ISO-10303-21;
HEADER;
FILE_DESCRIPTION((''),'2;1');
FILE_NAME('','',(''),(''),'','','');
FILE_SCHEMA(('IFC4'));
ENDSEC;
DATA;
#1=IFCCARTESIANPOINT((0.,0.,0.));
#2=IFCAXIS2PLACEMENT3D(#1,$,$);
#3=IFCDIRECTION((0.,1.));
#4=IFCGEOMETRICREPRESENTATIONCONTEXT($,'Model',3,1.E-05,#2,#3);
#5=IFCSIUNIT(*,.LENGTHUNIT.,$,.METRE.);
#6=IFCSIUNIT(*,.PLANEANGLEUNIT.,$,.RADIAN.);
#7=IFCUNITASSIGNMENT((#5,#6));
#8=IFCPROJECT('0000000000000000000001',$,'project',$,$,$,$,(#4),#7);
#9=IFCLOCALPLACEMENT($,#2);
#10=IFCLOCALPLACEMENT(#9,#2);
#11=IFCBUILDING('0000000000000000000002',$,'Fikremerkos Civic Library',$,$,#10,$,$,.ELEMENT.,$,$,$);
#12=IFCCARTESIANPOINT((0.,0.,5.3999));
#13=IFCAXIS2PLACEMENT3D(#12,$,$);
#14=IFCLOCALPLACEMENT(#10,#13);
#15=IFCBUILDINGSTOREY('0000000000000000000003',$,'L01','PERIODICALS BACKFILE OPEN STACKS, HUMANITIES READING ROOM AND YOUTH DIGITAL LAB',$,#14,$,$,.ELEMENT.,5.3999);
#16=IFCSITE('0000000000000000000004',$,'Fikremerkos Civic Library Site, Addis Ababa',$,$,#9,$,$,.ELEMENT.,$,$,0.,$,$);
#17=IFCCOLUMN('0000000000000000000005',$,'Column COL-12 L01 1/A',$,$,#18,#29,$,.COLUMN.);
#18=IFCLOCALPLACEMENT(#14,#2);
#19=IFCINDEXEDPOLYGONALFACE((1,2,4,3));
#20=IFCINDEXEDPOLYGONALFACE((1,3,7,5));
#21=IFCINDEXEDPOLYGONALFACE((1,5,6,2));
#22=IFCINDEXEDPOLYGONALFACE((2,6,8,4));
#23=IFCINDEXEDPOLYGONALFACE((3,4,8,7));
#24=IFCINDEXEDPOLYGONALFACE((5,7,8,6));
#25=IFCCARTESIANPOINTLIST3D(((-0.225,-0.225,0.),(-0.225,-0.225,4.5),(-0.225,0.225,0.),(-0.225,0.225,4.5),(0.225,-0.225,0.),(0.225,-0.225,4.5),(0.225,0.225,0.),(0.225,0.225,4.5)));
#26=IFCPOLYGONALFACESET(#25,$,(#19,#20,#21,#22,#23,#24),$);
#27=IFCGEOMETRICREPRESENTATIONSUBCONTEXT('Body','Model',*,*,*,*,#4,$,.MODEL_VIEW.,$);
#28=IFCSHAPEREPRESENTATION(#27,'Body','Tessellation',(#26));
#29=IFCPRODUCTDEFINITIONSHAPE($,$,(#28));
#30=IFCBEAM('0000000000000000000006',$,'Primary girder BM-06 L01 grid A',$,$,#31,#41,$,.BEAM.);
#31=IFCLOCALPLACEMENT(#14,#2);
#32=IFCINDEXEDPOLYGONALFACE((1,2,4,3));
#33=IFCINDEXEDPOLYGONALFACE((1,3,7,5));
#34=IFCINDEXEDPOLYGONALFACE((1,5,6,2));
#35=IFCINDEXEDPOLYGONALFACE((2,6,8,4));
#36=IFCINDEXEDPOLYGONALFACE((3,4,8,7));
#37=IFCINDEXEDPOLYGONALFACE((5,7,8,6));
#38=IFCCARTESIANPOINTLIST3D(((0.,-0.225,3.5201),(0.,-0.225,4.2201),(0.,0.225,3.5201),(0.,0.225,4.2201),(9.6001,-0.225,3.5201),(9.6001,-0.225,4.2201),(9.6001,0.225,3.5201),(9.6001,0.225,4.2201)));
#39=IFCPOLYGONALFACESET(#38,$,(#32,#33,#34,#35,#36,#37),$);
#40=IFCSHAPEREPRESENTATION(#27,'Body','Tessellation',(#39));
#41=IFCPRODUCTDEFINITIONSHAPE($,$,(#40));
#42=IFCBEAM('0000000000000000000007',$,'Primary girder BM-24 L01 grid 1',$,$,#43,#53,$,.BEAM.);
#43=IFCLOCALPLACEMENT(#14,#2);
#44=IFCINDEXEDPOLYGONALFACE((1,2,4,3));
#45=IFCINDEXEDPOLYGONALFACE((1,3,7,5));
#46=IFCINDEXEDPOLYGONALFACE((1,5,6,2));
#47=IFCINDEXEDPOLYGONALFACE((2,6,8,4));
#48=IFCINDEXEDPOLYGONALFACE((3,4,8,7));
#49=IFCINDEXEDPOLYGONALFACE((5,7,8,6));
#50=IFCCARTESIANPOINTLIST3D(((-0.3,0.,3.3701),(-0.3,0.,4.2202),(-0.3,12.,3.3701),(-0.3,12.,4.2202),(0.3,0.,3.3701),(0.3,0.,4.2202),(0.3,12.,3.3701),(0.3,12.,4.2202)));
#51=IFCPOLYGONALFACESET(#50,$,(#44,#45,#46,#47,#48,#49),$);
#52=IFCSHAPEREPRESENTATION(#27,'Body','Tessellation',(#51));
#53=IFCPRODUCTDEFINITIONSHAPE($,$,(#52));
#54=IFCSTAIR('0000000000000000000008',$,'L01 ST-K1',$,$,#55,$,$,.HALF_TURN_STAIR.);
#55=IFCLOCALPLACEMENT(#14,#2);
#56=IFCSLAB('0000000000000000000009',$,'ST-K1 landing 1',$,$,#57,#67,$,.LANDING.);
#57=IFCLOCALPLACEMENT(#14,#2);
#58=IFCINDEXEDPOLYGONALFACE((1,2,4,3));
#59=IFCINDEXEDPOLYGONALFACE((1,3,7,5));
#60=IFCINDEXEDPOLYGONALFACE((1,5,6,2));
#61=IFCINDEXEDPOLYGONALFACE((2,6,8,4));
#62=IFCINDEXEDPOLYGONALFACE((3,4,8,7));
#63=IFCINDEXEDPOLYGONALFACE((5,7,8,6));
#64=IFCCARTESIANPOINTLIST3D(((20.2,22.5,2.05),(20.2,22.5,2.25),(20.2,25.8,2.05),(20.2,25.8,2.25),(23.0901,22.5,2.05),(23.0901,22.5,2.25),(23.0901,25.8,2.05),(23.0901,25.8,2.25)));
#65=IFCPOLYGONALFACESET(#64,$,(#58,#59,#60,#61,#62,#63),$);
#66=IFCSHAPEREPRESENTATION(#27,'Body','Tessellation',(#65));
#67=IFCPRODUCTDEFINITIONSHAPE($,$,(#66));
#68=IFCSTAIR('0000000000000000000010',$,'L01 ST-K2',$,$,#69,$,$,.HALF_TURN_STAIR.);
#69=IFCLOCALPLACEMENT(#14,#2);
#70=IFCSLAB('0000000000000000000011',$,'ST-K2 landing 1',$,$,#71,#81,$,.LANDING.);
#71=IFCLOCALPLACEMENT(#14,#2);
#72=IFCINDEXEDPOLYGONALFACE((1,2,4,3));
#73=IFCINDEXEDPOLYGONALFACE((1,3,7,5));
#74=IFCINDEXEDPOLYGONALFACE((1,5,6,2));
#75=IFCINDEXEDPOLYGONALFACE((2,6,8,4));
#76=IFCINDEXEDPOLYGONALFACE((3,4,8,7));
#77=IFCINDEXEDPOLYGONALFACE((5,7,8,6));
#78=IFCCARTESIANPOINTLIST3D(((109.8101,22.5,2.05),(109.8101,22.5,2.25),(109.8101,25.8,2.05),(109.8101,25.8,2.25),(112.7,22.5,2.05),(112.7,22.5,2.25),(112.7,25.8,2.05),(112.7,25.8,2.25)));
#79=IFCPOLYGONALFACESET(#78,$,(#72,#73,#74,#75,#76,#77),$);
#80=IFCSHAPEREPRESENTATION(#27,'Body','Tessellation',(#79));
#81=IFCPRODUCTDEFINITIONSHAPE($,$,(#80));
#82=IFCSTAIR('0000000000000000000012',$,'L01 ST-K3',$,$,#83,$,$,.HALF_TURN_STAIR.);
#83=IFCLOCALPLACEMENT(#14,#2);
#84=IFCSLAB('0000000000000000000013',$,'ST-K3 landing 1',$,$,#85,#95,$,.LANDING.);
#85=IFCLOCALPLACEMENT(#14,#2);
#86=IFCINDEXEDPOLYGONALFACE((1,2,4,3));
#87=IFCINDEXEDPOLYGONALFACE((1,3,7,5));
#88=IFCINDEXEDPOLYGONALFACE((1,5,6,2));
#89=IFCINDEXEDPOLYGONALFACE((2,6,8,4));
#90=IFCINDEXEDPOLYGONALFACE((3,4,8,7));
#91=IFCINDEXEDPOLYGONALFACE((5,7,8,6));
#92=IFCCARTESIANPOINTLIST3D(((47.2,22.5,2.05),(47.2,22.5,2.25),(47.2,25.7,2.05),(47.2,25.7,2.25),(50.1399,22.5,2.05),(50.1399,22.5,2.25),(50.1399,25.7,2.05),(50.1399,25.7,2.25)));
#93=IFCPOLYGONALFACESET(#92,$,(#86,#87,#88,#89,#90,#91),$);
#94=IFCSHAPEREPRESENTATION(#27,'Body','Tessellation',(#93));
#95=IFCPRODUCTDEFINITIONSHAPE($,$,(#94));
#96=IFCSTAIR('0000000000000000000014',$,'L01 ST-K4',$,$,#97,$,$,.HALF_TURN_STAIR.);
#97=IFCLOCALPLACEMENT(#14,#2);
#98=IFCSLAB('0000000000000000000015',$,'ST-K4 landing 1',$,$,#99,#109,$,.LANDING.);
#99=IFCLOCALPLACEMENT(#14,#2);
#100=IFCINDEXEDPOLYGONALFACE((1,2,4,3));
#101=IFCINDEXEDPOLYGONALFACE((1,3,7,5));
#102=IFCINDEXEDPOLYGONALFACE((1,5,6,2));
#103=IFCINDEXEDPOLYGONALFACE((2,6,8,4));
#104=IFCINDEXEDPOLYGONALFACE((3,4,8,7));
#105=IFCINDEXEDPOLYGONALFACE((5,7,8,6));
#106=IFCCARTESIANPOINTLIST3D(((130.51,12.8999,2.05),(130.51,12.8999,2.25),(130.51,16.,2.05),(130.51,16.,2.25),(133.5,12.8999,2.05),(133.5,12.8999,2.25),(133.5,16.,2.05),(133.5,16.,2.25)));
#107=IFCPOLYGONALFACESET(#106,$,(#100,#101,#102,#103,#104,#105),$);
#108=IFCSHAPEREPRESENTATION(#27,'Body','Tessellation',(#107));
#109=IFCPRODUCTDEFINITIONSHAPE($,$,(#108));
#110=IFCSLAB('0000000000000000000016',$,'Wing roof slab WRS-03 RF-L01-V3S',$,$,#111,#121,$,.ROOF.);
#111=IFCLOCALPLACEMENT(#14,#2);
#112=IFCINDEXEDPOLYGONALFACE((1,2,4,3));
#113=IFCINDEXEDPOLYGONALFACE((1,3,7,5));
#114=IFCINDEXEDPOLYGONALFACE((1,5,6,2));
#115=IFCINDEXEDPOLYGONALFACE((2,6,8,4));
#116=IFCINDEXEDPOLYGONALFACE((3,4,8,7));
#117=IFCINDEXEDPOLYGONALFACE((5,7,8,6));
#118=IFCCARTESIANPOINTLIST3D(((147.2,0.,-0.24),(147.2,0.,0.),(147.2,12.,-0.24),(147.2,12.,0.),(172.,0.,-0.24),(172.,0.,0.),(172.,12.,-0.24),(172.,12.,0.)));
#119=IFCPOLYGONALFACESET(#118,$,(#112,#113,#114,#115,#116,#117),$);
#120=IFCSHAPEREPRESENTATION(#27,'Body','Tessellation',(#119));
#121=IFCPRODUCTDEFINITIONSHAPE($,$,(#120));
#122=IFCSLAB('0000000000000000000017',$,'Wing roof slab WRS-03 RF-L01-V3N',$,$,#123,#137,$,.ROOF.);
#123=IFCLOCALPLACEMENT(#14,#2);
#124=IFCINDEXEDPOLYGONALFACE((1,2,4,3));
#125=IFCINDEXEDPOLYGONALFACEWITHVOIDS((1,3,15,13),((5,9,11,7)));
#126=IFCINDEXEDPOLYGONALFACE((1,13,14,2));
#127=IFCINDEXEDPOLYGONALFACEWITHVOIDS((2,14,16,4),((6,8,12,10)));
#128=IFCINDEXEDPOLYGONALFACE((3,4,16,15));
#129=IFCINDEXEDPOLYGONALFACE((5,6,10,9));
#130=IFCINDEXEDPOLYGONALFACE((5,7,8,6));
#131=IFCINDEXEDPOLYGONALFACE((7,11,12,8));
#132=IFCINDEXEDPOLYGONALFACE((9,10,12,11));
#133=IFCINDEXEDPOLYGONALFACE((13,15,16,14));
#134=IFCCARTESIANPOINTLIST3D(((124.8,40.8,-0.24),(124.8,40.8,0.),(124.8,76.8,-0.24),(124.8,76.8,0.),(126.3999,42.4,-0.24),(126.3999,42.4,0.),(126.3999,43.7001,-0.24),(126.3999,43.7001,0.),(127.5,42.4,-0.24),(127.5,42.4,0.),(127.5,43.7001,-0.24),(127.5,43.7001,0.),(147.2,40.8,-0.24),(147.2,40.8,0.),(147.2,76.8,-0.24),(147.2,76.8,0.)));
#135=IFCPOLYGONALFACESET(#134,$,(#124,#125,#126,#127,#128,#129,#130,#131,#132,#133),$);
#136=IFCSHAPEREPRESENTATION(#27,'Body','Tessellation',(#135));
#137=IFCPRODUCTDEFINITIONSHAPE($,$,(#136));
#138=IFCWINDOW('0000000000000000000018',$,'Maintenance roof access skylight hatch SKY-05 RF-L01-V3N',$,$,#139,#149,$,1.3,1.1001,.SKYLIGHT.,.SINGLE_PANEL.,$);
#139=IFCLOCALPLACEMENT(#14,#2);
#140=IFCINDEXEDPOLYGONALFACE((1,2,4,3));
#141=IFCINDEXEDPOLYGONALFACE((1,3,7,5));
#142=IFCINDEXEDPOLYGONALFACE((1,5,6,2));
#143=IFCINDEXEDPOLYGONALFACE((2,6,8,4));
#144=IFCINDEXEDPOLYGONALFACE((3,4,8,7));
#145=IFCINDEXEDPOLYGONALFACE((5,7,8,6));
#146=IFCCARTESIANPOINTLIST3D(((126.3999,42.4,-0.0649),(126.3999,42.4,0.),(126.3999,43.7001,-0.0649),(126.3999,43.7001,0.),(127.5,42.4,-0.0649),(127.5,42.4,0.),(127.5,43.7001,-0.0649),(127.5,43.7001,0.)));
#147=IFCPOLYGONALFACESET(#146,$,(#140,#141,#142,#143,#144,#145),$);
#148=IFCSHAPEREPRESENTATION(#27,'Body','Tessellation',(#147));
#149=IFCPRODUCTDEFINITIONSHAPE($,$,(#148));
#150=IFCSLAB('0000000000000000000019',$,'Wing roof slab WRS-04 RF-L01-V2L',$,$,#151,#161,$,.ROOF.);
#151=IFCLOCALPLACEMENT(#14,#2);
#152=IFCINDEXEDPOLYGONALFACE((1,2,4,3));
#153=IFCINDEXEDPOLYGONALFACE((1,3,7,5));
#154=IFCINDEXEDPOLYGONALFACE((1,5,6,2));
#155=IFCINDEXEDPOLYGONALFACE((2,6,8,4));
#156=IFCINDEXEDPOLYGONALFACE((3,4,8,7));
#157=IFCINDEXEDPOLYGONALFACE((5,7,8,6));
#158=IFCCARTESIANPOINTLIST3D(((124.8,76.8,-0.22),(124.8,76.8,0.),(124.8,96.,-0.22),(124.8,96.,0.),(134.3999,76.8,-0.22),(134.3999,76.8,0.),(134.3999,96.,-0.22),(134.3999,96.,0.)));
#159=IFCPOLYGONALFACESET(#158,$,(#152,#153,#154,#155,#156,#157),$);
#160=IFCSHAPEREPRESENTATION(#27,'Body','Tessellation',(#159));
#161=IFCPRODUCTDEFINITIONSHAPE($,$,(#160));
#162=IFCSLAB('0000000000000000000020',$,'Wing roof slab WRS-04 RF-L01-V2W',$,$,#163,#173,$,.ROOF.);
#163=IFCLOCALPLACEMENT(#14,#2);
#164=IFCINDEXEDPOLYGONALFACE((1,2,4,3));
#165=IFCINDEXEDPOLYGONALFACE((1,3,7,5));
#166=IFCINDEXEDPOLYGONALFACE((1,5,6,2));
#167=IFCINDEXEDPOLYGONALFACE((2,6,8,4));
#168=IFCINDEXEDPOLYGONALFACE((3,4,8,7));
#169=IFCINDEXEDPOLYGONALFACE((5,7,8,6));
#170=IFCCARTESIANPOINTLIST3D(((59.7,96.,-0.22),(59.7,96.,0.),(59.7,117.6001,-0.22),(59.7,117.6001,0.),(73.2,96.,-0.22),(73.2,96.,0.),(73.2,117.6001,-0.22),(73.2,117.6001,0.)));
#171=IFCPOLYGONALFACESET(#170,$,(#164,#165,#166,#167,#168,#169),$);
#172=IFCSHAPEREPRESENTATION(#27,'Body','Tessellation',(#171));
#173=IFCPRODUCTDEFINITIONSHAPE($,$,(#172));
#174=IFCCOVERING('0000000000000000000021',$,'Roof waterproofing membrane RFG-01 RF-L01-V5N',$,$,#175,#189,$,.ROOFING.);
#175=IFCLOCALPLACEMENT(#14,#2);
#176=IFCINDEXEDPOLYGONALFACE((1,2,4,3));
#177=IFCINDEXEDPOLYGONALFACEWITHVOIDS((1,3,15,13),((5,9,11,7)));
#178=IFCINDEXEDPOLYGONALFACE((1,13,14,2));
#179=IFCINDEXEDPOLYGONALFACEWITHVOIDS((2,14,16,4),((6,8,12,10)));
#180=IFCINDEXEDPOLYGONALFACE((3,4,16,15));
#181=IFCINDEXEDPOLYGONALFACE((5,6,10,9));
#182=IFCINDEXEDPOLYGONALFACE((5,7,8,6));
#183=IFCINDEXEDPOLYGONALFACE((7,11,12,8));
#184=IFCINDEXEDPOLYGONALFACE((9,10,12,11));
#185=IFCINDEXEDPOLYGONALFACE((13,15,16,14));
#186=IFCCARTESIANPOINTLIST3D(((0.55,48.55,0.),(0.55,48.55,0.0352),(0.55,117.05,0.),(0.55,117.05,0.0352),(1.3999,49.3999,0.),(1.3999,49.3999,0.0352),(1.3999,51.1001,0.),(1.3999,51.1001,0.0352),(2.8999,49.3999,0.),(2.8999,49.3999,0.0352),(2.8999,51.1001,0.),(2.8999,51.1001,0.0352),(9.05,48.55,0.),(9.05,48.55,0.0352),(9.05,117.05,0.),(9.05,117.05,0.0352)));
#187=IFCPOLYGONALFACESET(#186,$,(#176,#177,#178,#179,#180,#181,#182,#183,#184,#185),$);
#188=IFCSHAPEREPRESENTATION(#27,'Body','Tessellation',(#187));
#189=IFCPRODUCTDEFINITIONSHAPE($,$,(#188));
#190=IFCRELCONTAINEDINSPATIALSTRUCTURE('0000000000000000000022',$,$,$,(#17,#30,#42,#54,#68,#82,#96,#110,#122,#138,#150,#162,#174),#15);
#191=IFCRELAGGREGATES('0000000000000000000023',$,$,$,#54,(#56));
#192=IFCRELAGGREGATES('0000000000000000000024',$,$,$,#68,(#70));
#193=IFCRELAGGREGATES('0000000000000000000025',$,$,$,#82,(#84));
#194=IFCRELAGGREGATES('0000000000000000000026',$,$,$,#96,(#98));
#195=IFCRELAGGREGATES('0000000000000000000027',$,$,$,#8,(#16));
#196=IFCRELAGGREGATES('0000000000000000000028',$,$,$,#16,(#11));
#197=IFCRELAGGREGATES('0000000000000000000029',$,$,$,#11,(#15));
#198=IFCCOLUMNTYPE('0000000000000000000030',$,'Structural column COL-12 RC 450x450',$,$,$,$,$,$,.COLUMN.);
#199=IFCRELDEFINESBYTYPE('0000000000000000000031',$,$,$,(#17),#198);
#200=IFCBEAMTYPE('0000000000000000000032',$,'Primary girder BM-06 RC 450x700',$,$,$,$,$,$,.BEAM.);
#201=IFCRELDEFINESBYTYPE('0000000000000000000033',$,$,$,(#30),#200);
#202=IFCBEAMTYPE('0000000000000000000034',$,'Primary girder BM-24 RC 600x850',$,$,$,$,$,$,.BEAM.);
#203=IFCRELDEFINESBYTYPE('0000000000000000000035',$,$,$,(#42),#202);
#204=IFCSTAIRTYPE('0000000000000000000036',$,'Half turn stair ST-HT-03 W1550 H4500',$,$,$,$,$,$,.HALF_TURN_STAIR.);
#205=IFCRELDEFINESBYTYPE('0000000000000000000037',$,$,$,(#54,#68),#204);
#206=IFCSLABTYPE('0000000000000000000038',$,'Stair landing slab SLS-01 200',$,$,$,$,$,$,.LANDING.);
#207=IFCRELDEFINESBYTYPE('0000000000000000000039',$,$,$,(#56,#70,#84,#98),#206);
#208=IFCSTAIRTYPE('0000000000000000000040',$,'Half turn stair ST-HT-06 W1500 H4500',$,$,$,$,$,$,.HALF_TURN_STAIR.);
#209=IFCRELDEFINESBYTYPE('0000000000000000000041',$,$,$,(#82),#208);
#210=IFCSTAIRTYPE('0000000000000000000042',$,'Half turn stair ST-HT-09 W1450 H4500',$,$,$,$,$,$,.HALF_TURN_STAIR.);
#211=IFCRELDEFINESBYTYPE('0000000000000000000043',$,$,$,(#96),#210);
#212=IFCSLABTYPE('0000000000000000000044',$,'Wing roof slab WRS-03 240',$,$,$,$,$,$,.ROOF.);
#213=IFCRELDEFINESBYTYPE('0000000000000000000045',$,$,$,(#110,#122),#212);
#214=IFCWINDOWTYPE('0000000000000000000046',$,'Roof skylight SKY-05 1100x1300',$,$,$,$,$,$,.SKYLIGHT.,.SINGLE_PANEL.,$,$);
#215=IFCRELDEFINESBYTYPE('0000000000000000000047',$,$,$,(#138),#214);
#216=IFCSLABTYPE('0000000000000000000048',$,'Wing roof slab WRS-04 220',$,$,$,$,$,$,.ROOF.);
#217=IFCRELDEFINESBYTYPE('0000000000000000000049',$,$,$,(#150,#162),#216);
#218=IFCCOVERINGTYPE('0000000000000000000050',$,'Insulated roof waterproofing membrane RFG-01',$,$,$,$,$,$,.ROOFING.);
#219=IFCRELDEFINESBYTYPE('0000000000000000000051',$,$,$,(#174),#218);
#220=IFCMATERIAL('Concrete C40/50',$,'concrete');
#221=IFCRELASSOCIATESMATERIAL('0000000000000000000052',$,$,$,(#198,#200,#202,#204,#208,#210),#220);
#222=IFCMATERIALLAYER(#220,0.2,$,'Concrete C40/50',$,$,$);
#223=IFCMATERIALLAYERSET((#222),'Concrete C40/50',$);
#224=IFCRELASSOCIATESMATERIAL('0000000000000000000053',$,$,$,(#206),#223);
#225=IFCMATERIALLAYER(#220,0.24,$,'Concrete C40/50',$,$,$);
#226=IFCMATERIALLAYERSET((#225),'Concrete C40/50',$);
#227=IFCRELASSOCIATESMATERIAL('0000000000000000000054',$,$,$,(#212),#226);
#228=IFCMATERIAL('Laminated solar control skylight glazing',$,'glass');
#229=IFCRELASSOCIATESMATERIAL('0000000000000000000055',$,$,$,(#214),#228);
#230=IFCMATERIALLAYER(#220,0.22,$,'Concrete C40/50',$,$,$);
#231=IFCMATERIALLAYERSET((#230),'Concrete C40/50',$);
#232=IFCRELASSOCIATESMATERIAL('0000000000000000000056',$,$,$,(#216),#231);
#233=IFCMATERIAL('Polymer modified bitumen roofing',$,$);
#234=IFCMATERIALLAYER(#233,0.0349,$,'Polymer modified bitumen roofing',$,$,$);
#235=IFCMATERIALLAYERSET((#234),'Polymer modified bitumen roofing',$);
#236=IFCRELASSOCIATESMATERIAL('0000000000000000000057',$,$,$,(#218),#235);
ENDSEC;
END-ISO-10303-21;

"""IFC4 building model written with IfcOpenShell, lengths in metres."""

from ifc_helpers import new_model, si_unit, direction, frame, origin, origin_with_axes, origin_2d, place, context, subcontext, project, spatial, polyline, rectangle, outline, extrude, material, layer, layer_set, material_profile, profile_set, type_object, element, fill, aggregate, save


model = new_model("IFC4")

# Units and contexts
model_context = context("Model", 3, precision=1e-05, world=origin(), true_north=direction((0.0, 1.0)))
body_context = subcontext(model_context, "Body", "Model", "MODEL_VIEW")
ifc_project = project(units=[si_unit("LENGTHUNIT", "METRE"), si_unit("PLANEANGLEUNIT", "RADIAN")], contexts=[model_context])

# Site, building, storey
site_placement = place(None, origin())
site = spatial("IfcSite", under=ifc_project, at=site_placement, Name="Fikremerkos Civic Library Site, Addis Ababa", CompositionType="ELEMENT", RefElevation=0.0)
building_placement = place(site_placement, origin())
building = spatial("IfcBuilding", under=site, at=building_placement, Name="Fikremerkos Civic Library", CompositionType="ELEMENT")
storey_placement = place(building_placement, frame((0.0, 0.0, 5.3999)))
storey = spatial("IfcBuildingStorey", under=building, at=storey_placement, Name="L01", Description="PERIODICALS BACKFILE OPEN STACKS, HUMANITIES READING ROOM AND YOUTH DIGITAL LAB", CompositionType="ELEMENT", Elevation=5.3999)

# Column
ifc_material_1 = material(Name="Concrete C40/50", Category="concrete")
ifc_material_profile_1 = material_profile(ifc_material_1, rectangle(XDim=0.45, YDim=0.45, at=origin_2d()), Name="RC 450x450")
ifc_profile_set_1 = profile_set([ifc_material_profile_1], Name="Concrete C40/50")
column_type = type_object("IfcColumnType", Name="Structural column COL-12 RC 450x450", PredefinedType="COLUMN", material=ifc_profile_set_1)
column_placement = place(storey_placement, origin_with_axes())
element("IfcColumn", 1, at=column_placement, inside=storey, type_object=column_type, Name="Column COL-12 L01 1/A", PredefinedType="COLUMN", context=body_context, shape_type="SweptSolid", body=[
    extrude(rectangle(XDim=0.45, YDim=0.45, at=origin_2d()), origin(), (0.0, 0.0, 1.0), 4.5),
])

# Beams
ifc_material_profile_2 = material_profile(ifc_material_1, rectangle(XDim=0.45, YDim=0.7, at=origin_2d()), Name="RC 450x700")
ifc_profile_set_2 = profile_set([ifc_material_profile_2], Name="Concrete C40/50")
beam_type_1 = type_object("IfcBeamType", Name="Primary girder BM-06 RC 450x700", PredefinedType="BEAM", material=ifc_profile_set_2)
beam_1_placement = place(storey_placement, frame((0.0, 0.0, 3.8701), z_axis=(1.0, 0.0, 0.0), x_axis=(0.0, 1.0, 0.0)))
element("IfcBeam", 2, at=beam_1_placement, inside=storey, type_object=beam_type_1, Name="Primary girder BM-06 L01 grid A", PredefinedType="BEAM", context=body_context, shape_type="SweptSolid", body=[
    extrude(rectangle(XDim=0.45, YDim=0.7, at=origin_2d()), origin(), (0.0, 0.0, 1.0), 9.6001),
])
ifc_material_profile_3 = material_profile(ifc_material_1, rectangle(XDim=0.6001, YDim=0.8501, at=origin_2d()), Name="RC 600x850")
ifc_profile_set_3 = profile_set([ifc_material_profile_3], Name="Concrete C40/50")
beam_type_2 = type_object("IfcBeamType", Name="Primary girder BM-24 RC 600x850", PredefinedType="BEAM", material=ifc_profile_set_3)
beam_2_placement = place(storey_placement, frame((0.0, 0.0, 3.7952), z_axis=(0.0, 1.0, 0.0), x_axis=(-1.0, 0.0, 0.0)))
element("IfcBeam", 3, at=beam_2_placement, inside=storey, type_object=beam_type_2, Name="Primary girder BM-24 L01 grid 1", PredefinedType="BEAM", context=body_context, shape_type="SweptSolid", body=[
    extrude(rectangle(XDim=0.6001, YDim=0.8501, at=origin_2d()), origin(), (0.0, 0.0, 1.0), 12.0),
])

# Stairs, slabs
stair_type_1 = type_object("IfcStairType", Name="Half turn stair ST-HT-03 W1550 H4500", PredefinedType="HALF_TURN_STAIR", material=ifc_material_1)
stair_1_placement = place(storey_placement, origin())
stair_1 = element("IfcStair", 4, at=stair_1_placement, inside=storey, type_object=stair_type_1, Name="L01 ST-K1", PredefinedType="HALF_TURN_STAIR")
ifc_layer_1 = layer(ifc_material_1, 0.2, Name="Concrete C40/50")
ifc_layer_set_1 = layer_set([ifc_layer_1], Name="Concrete C40/50")
slab_type_1 = type_object("IfcSlabType", Name="Stair landing slab SLS-01 200", PredefinedType="LANDING", material=ifc_layer_set_1)
slab_1_placement = place(storey_placement, frame((0.0, 0.0, 2.05)))
slab_1 = element("IfcSlab", 5, at=slab_1_placement, type_object=slab_type_1, Name="ST-K1 landing 1", PredefinedType="LANDING", context=body_context, shape_type="SweptSolid", body=[
    extrude(outline(polyline([(23.0901, 25.8), (20.2, 25.8), (20.2, 22.5), (23.0901, 22.5), (23.0901, 25.8)])), origin(), (0.0, 0.0, 1.0), 0.2),
])
aggregate(stair_1, [slab_1])
stair_2_placement = place(storey_placement, origin())
stair_2 = element("IfcStair", 6, at=stair_2_placement, inside=storey, type_object=stair_type_1, Name="L01 ST-K2", PredefinedType="HALF_TURN_STAIR")
slab_2_placement = place(storey_placement, frame((0.0, 0.0, 2.05)))
slab_2 = element("IfcSlab", 7, at=slab_2_placement, type_object=slab_type_1, Name="ST-K2 landing 1", PredefinedType="LANDING", context=body_context, shape_type="SweptSolid", body=[
    extrude(outline(polyline([(109.8101, 22.5), (112.7, 22.5), (112.7, 25.8), (109.8101, 25.8), (109.8101, 22.5)])), origin(), (0.0, 0.0, 1.0), 0.2),
])
aggregate(stair_2, [slab_2])
stair_type_2 = type_object("IfcStairType", Name="Half turn stair ST-HT-06 W1500 H4500", PredefinedType="HALF_TURN_STAIR", material=ifc_material_1)
stair_3_placement = place(storey_placement, origin())
stair_3 = element("IfcStair", 8, at=stair_3_placement, inside=storey, type_object=stair_type_2, Name="L01 ST-K3", PredefinedType="HALF_TURN_STAIR")
slab_3_placement = place(storey_placement, frame((0.0, 0.0, 2.05)))
slab_3 = element("IfcSlab", 9, at=slab_3_placement, type_object=slab_type_1, Name="ST-K3 landing 1", PredefinedType="LANDING", context=body_context, shape_type="SweptSolid", body=[
    extrude(outline(polyline([(50.1399, 25.7), (47.2, 25.7), (47.2, 22.5), (50.1399, 22.5), (50.1399, 25.7)])), origin(), (0.0, 0.0, 1.0), 0.2),
])
aggregate(stair_3, [slab_3])
stair_type_3 = type_object("IfcStairType", Name="Half turn stair ST-HT-09 W1450 H4500", PredefinedType="HALF_TURN_STAIR", material=ifc_material_1)
stair_4_placement = place(storey_placement, origin())
stair_4 = element("IfcStair", 10, at=stair_4_placement, inside=storey, type_object=stair_type_3, Name="L01 ST-K4", PredefinedType="HALF_TURN_STAIR")
slab_4_placement = place(storey_placement, frame((0.0, 0.0, 2.05)))
slab_4 = element("IfcSlab", 11, at=slab_4_placement, type_object=slab_type_1, Name="ST-K4 landing 1", PredefinedType="LANDING", context=body_context, shape_type="SweptSolid", body=[
    extrude(outline(polyline([(130.51, 12.8999), (133.5, 12.8999), (133.5, 16.0), (130.51, 16.0), (130.51, 12.8999)])), origin(), (0.0, 0.0, 1.0), 0.2),
])
aggregate(stair_4, [slab_4])

# Slab
ifc_layer_2 = layer(ifc_material_1, 0.24, Name="Concrete C40/50")
ifc_layer_set_2 = layer_set([ifc_layer_2], Name="Concrete C40/50")
slab_type_2 = type_object("IfcSlabType", Name="Wing roof slab WRS-03 240", PredefinedType="ROOF", material=ifc_layer_set_2)
slab_5_placement = place(storey_placement, frame((0.0, 0.0, -0.24)))
element("IfcSlab", 12, at=slab_5_placement, inside=storey, type_object=slab_type_2, Name="Wing roof slab WRS-03 RF-L01-V3S", PredefinedType="ROOF", context=body_context, shape_type="SweptSolid", body=[
    extrude(outline(polyline([(147.2, 0.0), (172.0, 0.0), (172.0, 12.0), (147.2, 12.0), (147.2, 0.0)])), origin(), (0.0, 0.0, 1.0), 0.24),
])

# Slab, opening, window
slab_6_placement = place(storey_placement, frame((0.0, 0.0, -0.24)))
slab_6 = element("IfcSlab", 13, at=slab_6_placement, inside=storey, type_object=slab_type_2, Name="Wing roof slab WRS-03 RF-L01-V3N", PredefinedType="ROOF", context=body_context, shape_type="SweptSolid", body=[
    extrude(outline(polyline([(124.8, 40.8), (147.2, 40.8), (147.2, 76.8), (124.8, 76.8), (124.8, 40.8)])), origin(), (0.0, 0.0, 1.0), 0.24),
])
opening_placement = place(slab_6_placement, frame((126.95, 43.05, 0.0)))
opening = element("IfcOpeningElement", 14, at=opening_placement, cuts=slab_6, PredefinedType="OPENING", context=body_context, shape_type="SweptSolid", body=[
    extrude(rectangle(XDim=1.1001, YDim=1.3, at=origin_2d()), frame((0.0, 0.0, -0.01), z_axis=(0.0, 0.0, 1.0), x_axis=(1.0, 0.0, 0.0)), (0.0, 0.0, 1.0), 0.26),
])
ifc_material_2 = material(Name="Laminated solar control skylight glazing", Category="glass")
window_type = type_object("IfcWindowType", Name="Roof skylight SKY-05 1100x1300", PartitioningType="SINGLE_PANEL", PredefinedType="SKYLIGHT", material=ifc_material_2)
window_placement = place(opening_placement, frame((0.0, 0.0, 0.175)))
window = element("IfcWindow", 15, at=window_placement, inside=storey, type_object=window_type, Name="Maintenance roof access skylight hatch SKY-05 RF-L01-V3N", OverallHeight=1.3, OverallWidth=1.1001, PartitioningType="SINGLE_PANEL", PredefinedType="SKYLIGHT", context=body_context, shape_type="SweptSolid", body=[
    extrude(rectangle(XDim=1.1001, YDim=1.3, at=origin_2d()), origin(), (0.0, 0.0, 1.0), 0.0649),
])
fill(opening, window)

# Slabs
ifc_layer_3 = layer(ifc_material_1, 0.22, Name="Concrete C40/50")
ifc_layer_set_3 = layer_set([ifc_layer_3], Name="Concrete C40/50")
slab_type_3 = type_object("IfcSlabType", Name="Wing roof slab WRS-04 220", PredefinedType="ROOF", material=ifc_layer_set_3)
slab_7_placement = place(storey_placement, frame((0.0, 0.0, -0.22)))
element("IfcSlab", 16, at=slab_7_placement, inside=storey, type_object=slab_type_3, Name="Wing roof slab WRS-04 RF-L01-V2L", PredefinedType="ROOF", context=body_context, shape_type="SweptSolid", body=[
    extrude(outline(polyline([(124.8, 76.8), (134.3999, 76.8), (134.3999, 96.0), (124.8, 96.0), (124.8, 76.8)])), origin(), (0.0, 0.0, 1.0), 0.22),
])
slab_8_placement = place(storey_placement, frame((0.0, 0.0, -0.22)))
element("IfcSlab", 17, at=slab_8_placement, inside=storey, type_object=slab_type_3, Name="Wing roof slab WRS-04 RF-L01-V2W", PredefinedType="ROOF", context=body_context, shape_type="SweptSolid", body=[
    extrude(outline(polyline([(59.7, 96.0), (73.2, 96.0), (73.2, 117.6001), (59.7, 117.6001), (59.7, 96.0)])), origin(), (0.0, 0.0, 1.0), 0.22),
])

# Covering
ifc_material_3 = material(Name="Polymer modified bitumen roofing")
ifc_layer_4 = layer(ifc_material_3, 0.0349, Name="Polymer modified bitumen roofing")
ifc_layer_set_4 = layer_set([ifc_layer_4], Name="Polymer modified bitumen roofing")
covering_type_1 = type_object("IfcCoveringType", Name="Insulated roof waterproofing membrane RFG-01", PredefinedType="ROOFING", material=ifc_layer_set_4)
covering_1_placement = place(storey_placement, origin())
element("IfcCovering", 18, at=covering_1_placement, inside=storey, type_object=covering_type_1, Name="Roof waterproofing membrane RFG-01 RF-L01-V5N", PredefinedType="ROOFING", context=body_context, shape_type="SweptSolid", body=[
    extrude(outline(polyline([(0.55, 48.55), (9.05, 48.55), (9.05, 117.05), (0.55, 117.05), (0.55, 48.55)]), holes=[polyline([(1.3999, 49.3999), (2.8999, 49.3999), (2.8999, 51.1001), (1.3999, 51.1001), (1.3999, 49.3999)])]), origin(), (0.0, 0.0, 1.0), 0.0352),
])

save(model, "model.ifc")
